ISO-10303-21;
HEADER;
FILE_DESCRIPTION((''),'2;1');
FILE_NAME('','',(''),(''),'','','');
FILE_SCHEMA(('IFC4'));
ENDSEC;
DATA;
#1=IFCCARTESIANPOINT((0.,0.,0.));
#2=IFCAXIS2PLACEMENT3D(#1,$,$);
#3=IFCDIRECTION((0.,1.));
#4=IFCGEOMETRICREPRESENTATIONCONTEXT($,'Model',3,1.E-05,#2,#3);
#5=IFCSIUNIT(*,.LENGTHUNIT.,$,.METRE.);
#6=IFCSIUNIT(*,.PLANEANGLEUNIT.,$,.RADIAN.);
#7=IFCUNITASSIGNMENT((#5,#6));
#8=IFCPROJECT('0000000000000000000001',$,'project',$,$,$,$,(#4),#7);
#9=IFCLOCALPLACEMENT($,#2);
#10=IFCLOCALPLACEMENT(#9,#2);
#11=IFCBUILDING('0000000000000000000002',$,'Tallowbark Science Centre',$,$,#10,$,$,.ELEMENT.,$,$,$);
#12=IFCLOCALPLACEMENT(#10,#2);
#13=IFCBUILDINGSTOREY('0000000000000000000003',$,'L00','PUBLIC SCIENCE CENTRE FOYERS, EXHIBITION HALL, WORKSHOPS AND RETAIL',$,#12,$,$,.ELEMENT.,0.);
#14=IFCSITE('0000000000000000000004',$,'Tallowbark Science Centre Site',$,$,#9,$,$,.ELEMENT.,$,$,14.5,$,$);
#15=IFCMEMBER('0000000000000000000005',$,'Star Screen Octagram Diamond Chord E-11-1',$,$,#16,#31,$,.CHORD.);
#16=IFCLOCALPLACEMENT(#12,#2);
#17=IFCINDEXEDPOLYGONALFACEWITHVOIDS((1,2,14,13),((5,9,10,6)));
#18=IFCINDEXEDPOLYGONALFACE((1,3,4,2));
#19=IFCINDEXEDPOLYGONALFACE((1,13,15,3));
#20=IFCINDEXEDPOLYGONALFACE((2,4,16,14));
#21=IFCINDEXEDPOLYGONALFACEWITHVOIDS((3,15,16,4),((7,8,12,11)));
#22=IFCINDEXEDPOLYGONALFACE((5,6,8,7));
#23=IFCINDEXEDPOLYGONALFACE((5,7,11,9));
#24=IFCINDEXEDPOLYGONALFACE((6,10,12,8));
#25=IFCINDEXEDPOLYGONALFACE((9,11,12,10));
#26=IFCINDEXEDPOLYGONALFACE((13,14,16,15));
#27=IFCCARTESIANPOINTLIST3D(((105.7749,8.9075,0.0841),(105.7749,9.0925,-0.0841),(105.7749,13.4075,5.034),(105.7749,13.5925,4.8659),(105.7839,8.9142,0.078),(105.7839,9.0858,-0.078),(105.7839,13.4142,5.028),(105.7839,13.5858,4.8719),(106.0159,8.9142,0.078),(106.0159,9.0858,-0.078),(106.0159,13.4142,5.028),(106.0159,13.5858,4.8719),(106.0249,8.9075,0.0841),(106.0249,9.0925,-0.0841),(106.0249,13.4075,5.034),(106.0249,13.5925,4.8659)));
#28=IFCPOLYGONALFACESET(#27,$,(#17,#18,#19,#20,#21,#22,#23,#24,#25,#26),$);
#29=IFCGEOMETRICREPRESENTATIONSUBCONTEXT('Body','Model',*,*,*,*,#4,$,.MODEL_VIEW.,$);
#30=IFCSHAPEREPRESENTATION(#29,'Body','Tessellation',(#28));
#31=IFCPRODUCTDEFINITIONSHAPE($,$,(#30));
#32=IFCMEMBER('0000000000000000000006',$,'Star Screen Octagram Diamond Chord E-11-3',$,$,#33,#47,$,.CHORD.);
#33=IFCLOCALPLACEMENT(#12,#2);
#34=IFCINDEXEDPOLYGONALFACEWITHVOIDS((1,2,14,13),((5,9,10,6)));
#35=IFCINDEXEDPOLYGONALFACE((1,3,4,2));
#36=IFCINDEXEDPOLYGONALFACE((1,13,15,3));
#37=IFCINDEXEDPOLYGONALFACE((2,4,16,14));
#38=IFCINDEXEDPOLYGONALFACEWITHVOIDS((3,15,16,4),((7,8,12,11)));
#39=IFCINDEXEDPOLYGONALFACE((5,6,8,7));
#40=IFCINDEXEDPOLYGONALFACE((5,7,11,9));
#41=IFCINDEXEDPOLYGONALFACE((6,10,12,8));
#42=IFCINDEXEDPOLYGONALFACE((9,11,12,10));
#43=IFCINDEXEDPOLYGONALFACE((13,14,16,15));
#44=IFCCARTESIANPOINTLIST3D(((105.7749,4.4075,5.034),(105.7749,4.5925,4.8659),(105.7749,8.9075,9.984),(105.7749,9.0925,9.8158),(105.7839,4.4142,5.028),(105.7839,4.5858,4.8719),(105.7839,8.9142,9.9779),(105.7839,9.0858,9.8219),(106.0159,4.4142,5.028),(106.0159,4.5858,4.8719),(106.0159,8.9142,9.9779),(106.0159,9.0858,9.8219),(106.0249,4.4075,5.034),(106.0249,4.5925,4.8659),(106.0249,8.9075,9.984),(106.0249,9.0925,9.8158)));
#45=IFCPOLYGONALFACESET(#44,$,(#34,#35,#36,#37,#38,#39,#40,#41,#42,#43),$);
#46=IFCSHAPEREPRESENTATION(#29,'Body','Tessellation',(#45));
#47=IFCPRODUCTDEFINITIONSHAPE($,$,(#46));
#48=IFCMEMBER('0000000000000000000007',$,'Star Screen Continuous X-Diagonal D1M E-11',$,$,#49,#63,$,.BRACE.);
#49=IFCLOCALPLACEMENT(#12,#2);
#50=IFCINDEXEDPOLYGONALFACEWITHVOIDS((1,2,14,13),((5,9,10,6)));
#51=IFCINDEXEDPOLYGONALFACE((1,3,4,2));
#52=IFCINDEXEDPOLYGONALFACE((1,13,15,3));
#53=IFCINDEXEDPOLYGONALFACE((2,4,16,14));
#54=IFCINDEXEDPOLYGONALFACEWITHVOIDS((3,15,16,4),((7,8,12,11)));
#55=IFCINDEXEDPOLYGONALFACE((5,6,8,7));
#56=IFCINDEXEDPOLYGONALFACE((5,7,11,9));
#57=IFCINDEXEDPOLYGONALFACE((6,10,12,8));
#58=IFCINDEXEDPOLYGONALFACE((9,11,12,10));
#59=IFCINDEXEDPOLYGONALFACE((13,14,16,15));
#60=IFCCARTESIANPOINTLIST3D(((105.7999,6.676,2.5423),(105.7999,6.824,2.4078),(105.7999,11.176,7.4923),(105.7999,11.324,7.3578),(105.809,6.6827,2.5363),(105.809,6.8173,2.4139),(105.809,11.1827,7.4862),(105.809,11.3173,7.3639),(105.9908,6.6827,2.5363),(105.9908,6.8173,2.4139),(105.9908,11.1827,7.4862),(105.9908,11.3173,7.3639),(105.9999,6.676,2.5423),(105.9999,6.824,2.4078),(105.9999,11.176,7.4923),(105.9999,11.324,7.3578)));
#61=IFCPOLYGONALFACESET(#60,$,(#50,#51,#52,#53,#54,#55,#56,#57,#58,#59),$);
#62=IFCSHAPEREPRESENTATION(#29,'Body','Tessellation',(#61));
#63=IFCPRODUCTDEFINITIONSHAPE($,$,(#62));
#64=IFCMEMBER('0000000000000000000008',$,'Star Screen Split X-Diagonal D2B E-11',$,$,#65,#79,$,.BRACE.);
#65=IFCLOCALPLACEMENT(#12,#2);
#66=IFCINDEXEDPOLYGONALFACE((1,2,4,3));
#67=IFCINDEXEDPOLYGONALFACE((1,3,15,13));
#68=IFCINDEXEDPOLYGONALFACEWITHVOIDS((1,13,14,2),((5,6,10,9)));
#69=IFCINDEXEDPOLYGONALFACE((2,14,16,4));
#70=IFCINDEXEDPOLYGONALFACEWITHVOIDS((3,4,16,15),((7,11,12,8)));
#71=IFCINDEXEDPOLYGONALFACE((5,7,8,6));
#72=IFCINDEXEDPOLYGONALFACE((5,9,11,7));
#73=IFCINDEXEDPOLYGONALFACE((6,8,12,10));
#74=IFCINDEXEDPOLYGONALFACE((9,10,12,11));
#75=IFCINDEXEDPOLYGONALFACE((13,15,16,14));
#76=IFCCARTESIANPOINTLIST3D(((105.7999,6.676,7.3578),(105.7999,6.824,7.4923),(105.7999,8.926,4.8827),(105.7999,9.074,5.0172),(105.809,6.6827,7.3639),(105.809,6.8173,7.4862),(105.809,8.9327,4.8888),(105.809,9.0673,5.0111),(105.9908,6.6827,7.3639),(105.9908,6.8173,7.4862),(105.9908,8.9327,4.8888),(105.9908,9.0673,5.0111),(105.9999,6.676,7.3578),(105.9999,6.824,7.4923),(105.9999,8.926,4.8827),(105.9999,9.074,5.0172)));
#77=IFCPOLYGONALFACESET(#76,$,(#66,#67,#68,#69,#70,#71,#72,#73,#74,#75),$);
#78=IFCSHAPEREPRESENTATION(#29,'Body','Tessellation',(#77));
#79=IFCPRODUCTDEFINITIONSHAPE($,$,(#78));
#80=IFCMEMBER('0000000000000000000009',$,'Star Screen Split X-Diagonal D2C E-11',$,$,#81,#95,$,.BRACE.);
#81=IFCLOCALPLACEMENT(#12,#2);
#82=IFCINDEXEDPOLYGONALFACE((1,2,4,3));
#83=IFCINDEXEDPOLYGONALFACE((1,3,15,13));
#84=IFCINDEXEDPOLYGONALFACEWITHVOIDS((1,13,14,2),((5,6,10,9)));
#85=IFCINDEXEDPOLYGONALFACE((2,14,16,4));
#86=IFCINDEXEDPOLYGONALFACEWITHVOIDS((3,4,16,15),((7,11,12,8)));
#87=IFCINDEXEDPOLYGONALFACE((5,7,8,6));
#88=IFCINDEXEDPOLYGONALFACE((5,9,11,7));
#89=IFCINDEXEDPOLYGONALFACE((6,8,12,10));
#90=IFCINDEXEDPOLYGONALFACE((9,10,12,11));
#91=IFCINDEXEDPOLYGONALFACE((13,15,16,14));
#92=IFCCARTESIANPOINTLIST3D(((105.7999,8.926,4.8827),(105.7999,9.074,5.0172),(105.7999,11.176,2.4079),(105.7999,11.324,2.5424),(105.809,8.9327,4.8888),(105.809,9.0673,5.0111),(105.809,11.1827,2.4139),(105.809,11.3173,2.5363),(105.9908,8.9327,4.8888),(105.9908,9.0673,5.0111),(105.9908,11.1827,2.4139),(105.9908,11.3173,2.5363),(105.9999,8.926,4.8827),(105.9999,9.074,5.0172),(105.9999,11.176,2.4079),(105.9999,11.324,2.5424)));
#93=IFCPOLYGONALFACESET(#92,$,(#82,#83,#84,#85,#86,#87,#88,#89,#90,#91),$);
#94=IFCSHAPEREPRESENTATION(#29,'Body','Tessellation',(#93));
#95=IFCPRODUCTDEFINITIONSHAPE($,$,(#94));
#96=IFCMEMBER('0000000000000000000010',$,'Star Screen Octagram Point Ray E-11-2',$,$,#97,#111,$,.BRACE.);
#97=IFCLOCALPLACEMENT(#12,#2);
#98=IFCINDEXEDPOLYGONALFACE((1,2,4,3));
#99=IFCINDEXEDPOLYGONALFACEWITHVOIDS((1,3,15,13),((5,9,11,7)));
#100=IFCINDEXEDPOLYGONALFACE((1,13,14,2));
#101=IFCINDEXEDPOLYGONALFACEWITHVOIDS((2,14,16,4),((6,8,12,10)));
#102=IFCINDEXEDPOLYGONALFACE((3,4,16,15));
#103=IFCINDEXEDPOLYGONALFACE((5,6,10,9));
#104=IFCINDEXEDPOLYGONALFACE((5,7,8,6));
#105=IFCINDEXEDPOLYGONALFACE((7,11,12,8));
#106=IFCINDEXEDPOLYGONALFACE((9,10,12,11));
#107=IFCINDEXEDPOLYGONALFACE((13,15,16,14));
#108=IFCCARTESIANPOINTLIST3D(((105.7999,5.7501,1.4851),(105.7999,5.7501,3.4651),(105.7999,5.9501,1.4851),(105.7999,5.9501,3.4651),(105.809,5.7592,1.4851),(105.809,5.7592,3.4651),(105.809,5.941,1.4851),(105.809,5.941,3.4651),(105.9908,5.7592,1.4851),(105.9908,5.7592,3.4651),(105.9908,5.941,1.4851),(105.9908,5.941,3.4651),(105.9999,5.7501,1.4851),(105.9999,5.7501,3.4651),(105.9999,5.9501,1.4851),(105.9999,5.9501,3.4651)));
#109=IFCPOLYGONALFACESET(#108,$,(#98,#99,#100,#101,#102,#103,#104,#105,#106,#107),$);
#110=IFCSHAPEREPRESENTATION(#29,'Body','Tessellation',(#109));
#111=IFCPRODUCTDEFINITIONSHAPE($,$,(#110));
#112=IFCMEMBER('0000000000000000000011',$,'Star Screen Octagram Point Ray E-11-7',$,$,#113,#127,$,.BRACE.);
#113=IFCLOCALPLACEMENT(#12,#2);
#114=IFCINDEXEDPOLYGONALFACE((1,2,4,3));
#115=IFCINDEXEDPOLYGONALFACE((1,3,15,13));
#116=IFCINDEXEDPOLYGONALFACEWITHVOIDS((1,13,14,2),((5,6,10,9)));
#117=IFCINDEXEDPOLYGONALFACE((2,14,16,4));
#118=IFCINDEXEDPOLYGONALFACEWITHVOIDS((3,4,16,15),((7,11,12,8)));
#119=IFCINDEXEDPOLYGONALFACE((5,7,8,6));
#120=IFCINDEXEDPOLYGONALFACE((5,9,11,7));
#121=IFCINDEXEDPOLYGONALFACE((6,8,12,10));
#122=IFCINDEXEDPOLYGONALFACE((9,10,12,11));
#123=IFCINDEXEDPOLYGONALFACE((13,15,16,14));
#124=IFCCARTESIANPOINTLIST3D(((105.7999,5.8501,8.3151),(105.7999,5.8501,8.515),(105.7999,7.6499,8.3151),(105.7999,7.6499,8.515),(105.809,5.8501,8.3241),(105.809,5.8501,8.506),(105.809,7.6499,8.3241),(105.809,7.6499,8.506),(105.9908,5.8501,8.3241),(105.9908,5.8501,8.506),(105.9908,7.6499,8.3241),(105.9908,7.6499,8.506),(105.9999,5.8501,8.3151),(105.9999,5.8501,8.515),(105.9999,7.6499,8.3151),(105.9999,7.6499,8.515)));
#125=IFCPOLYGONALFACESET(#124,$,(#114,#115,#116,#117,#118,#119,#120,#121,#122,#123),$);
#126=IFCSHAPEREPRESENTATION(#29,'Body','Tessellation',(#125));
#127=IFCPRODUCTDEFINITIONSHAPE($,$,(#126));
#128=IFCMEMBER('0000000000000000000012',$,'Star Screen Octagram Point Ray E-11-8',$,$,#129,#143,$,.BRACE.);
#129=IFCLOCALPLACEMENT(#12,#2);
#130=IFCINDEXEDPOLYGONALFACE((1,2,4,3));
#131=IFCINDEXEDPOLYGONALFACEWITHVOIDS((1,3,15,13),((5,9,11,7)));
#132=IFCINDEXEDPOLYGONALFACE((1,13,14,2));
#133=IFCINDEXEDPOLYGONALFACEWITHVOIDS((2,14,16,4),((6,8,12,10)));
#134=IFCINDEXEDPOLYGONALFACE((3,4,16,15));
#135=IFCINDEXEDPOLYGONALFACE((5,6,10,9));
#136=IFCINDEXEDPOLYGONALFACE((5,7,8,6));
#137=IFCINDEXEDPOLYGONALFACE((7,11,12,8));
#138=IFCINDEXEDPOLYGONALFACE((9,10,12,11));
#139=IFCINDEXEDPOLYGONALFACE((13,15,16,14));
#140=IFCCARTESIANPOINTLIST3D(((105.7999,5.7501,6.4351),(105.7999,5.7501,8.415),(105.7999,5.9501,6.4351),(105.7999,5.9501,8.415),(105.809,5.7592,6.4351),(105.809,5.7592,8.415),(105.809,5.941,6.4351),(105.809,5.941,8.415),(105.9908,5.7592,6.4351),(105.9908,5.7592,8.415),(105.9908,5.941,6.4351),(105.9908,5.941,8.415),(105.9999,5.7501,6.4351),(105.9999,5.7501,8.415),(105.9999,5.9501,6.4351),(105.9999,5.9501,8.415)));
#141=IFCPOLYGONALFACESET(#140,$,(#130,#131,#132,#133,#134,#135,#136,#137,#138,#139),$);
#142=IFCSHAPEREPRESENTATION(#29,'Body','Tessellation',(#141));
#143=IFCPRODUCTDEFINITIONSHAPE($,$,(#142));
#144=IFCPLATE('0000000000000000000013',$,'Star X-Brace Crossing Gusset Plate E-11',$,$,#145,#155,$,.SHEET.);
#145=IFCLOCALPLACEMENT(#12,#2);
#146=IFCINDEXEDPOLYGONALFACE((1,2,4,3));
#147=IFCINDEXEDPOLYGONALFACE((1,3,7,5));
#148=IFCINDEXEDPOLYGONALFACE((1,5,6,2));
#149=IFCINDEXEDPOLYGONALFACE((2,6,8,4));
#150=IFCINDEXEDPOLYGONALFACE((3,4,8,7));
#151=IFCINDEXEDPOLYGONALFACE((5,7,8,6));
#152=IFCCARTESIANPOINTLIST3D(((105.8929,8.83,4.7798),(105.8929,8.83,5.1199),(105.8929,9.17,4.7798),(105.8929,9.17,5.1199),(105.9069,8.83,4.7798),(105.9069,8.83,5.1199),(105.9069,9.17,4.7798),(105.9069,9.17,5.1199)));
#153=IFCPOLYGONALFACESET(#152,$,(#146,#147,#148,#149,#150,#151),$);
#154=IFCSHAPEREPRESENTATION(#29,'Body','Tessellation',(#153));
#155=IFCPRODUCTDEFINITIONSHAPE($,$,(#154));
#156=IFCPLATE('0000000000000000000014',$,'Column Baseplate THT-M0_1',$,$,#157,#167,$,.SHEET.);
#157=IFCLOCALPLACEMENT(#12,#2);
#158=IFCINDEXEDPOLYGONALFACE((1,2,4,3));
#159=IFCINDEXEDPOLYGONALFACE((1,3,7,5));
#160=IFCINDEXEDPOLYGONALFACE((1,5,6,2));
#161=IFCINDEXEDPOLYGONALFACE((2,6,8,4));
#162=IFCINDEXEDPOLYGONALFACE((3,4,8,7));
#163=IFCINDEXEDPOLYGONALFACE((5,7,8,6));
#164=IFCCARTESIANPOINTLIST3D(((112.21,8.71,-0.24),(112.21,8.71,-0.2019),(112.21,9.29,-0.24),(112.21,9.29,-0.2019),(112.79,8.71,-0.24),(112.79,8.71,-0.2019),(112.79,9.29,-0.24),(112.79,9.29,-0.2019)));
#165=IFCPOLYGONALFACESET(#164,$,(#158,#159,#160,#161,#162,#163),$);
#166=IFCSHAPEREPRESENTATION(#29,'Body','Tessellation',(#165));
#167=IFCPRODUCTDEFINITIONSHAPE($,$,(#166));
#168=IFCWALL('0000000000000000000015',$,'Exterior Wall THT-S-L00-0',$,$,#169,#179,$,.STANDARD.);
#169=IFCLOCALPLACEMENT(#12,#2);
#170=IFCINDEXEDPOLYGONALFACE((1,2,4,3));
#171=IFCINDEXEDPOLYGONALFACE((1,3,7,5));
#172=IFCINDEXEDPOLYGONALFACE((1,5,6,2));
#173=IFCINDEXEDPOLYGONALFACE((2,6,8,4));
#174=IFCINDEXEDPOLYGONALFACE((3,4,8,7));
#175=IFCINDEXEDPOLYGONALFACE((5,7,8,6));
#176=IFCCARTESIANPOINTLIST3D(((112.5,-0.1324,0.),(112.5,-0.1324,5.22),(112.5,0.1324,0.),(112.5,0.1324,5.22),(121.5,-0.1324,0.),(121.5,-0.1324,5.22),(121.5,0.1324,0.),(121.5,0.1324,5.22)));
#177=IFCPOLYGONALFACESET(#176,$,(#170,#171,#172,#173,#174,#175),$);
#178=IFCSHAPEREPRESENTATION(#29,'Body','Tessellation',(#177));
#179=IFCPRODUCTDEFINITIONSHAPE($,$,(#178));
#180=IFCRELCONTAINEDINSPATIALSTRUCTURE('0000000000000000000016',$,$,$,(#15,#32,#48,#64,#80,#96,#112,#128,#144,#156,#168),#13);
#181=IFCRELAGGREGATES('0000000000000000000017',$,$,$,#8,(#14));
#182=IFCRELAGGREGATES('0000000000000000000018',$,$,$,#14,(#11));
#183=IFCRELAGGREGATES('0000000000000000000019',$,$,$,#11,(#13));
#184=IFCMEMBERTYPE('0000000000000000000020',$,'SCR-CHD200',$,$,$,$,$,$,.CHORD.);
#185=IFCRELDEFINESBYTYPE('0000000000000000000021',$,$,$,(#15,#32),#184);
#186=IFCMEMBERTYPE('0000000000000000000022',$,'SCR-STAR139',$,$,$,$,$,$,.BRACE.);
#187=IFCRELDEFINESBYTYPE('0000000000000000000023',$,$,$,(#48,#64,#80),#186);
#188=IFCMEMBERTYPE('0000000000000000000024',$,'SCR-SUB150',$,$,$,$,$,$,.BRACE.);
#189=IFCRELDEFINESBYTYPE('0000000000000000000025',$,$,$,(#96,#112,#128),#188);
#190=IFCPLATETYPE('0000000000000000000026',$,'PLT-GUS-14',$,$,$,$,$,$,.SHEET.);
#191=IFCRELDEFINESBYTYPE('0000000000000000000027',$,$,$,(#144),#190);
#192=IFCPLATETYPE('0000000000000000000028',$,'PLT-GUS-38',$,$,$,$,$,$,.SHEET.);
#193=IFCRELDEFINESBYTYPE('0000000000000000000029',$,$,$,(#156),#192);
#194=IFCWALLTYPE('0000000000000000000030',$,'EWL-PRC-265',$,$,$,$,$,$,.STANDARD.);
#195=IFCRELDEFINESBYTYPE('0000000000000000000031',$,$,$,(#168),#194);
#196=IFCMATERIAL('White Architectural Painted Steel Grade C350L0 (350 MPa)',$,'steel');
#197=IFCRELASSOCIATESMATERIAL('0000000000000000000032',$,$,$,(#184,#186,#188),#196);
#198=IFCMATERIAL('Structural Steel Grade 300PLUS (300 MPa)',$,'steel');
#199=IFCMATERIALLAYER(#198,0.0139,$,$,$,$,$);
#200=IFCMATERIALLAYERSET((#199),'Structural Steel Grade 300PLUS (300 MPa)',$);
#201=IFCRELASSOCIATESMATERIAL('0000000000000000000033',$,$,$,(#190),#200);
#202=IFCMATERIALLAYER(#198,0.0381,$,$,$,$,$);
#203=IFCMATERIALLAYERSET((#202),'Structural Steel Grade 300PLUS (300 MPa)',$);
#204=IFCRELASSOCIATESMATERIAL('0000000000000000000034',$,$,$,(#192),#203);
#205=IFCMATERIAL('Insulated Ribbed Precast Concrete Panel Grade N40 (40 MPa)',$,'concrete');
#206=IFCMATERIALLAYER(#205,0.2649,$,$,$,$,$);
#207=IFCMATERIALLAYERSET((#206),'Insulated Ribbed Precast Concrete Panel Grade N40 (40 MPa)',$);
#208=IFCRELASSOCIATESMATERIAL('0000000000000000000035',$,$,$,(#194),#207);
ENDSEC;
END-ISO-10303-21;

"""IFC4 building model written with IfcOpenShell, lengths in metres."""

from ifc_helpers import new_model, si_unit, direction, frame, frame_2d, origin, origin_2d, place, context, subcontext, project, spatial, rectangle, hollow_rectangle, extrude, material, layer, layer_set, material_profile, profile_set, type_object, element, save


model = new_model("IFC4")

# Units and contexts
model_context = context("Model", 3, precision=1e-05, world=origin(), true_north=direction((0.0, 1.0)))
body_context = subcontext(model_context, "Body", "Model", "MODEL_VIEW")
ifc_project = project(units=[si_unit("LENGTHUNIT", "METRE"), si_unit("PLANEANGLEUNIT", "RADIAN")], contexts=[model_context])

# Site, building, storey
site_placement = place(None, origin())
site = spatial("IfcSite", under=ifc_project, at=site_placement, Name="Tallowbark Science Centre Site", CompositionType="ELEMENT", RefElevation=14.5)
building_placement = place(site_placement, origin())
building = spatial("IfcBuilding", under=site, at=building_placement, Name="Tallowbark Science Centre", CompositionType="ELEMENT")
storey_placement = place(building_placement, origin())
storey = spatial("IfcBuildingStorey", under=building, at=storey_placement, Name="L00", Description="PUBLIC SCIENCE CENTRE FOYERS, EXHIBITION HALL, WORKSHOPS AND RETAIL", CompositionType="ELEMENT", Elevation=0.0)

# Shared definitions
ifc_material_1 = material(Name="Structural Steel Grade 300PLUS (300 MPa)", Category="steel")

# Members
ifc_material_2 = material(Name="White Architectural Painted Steel Grade C350L0 (350 MPa)", Category="steel")
ifc_material_profile_1 = material_profile(ifc_material_2, hollow_rectangle(XDim=0.25, YDim=0.25, WallThickness=0.009, at=origin_2d()), Name="250x250x9.0SHS")
ifc_profile_set_1 = profile_set([ifc_material_profile_1], Name="White Architectural Painted Steel Grade C350L0 (350 MPa)")
member_type_1 = type_object("IfcMemberType", Name="SCR-CHD200", PredefinedType="CHORD", material=ifc_profile_set_1)
for number, where, z_axis, x_axis, name in (
    (1, (105.8999, 9.0, 0.0), (0.0, 0.672676, 0.739937), (-1.0, 0.0, 0.0), "Star Screen Octagram Diamond Chord E-11-1"),
    (2, (105.8999, 9.0, 9.8999), (0.0, -0.672676, -0.739937), (1.0, 0.0, 0.0), "Star Screen Octagram Diamond Chord E-11-3"),
):
    element("IfcMember", number, at=place(storey_placement, frame(where, z_axis=z_axis, x_axis=x_axis)), inside=storey, type_object=member_type_1, Name=name, PredefinedType="CHORD", context=body_context, shape_type="SweptSolid", body=[
        extrude(hollow_rectangle(XDim=0.25, YDim=0.25, WallThickness=0.009, at=origin_2d()), origin(), (0.0, 0.0, 1.0), 6.6897),
    ])
ifc_material_profile_2 = material_profile(ifc_material_2, hollow_rectangle(XDim=0.2, YDim=0.2, WallThickness=0.009, at=origin_2d()), Name="200x200x9.0SHS")
ifc_profile_set_2 = profile_set([ifc_material_profile_2], Name="White Architectural Painted Steel Grade C350L0 (350 MPa)")
member_type_2 = type_object("IfcMemberType", Name="SCR-STAR139", PredefinedType="BRACE", material=ifc_profile_set_2)
member_1_placement = place(storey_placement, frame((105.8999, 6.75, 2.4751), z_axis=(0.0, 0.672676, 0.739937), x_axis=(-1.0, 0.0, 0.0)))
element("IfcMember", 3, at=member_1_placement, inside=storey, type_object=member_type_2, Name="Star Screen Continuous X-Diagonal D1M E-11", PredefinedType="BRACE", context=body_context, shape_type="SweptSolid", body=[
    extrude(hollow_rectangle(XDim=0.2, YDim=0.2, WallThickness=0.009, at=origin_2d()), origin(), (0.0, 0.0, 1.0), 6.6897),
])
member_2_placement = place(storey_placement, frame((105.8999, 6.75, 7.425), z_axis=(0.0, 0.672658, -0.739953), x_axis=(-1.0, 0.0, 0.0)))
element("IfcMember", 4, at=member_2_placement, inside=storey, type_object=member_type_2, Name="Star Screen Split X-Diagonal D2B E-11", PredefinedType="BRACE", context=body_context, shape_type="SweptSolid", body=[
    extrude(hollow_rectangle(XDim=0.2, YDim=0.2, WallThickness=0.009, at=origin_2d()), origin(), (0.0, 0.0, 1.0), 3.345),
])
member_3_placement = place(storey_placement, frame((105.8999, 9.0, 4.95), z_axis=(0.0, 0.672695, -0.73992), x_axis=(-1.0, 0.0, 0.0)))
element("IfcMember", 5, at=member_3_placement, inside=storey, type_object=member_type_2, Name="Star Screen Split X-Diagonal D2C E-11", PredefinedType="BRACE", context=body_context, shape_type="SweptSolid", body=[
    extrude(hollow_rectangle(XDim=0.2, YDim=0.2, WallThickness=0.009, at=origin_2d()), origin(), (0.0, 0.0, 1.0), 3.3447),
])
ifc_material_profile_3 = material_profile(ifc_material_2, hollow_rectangle(XDim=0.2, YDim=0.2, WallThickness=0.009, at=origin_2d()), Name="200x200x9.0SHS")
ifc_profile_set_3 = profile_set([ifc_material_profile_3], Name="White Architectural Painted Steel Grade C350L0 (350 MPa)")
member_type_3 = type_object("IfcMemberType", Name="SCR-SUB150", PredefinedType="BRACE", material=ifc_profile_set_3)
member_4_placement = place(storey_placement, frame((105.8999, 5.8501, 1.4851), z_axis=(0.0, 0.0, 1.0), x_axis=(1.0, 0.0, 0.0)))
element("IfcMember", 6, at=member_4_placement, inside=storey, type_object=member_type_3, Name="Star Screen Octagram Point Ray E-11-2", PredefinedType="BRACE", context=body_context, shape_type="SweptSolid", body=[
    extrude(hollow_rectangle(XDim=0.2, YDim=0.2, WallThickness=0.009, at=origin_2d()), origin(), (0.0, 0.0, 1.0), 1.98),
])
member_5_placement = place(storey_placement, frame((105.8999, 5.8501, 8.415), z_axis=(0.0, 1.0, 0.0), x_axis=(-1.0, 0.0, 0.0)))
element("IfcMember", 7, at=member_5_placement, inside=storey, type_object=member_type_3, Name="Star Screen Octagram Point Ray E-11-7", PredefinedType="BRACE", context=body_context, shape_type="SweptSolid", body=[
    extrude(hollow_rectangle(XDim=0.2, YDim=0.2, WallThickness=0.009, at=origin_2d()), origin(), (0.0, 0.0, 1.0), 1.7998),
])
member_6_placement = place(storey_placement, frame((105.8999, 5.8501, 8.415), z_axis=(0.0, 0.0, -1.0), x_axis=(1.0, 0.0, 0.0)))
element("IfcMember", 8, at=member_6_placement, inside=storey, type_object=member_type_3, Name="Star Screen Octagram Point Ray E-11-8", PredefinedType="BRACE", context=body_context, shape_type="SweptSolid", body=[
    extrude(hollow_rectangle(XDim=0.2, YDim=0.2, WallThickness=0.009, at=origin_2d()), origin(), (0.0, 0.0, 1.0), 1.98),
])

# Plates
ifc_layer_1 = layer(ifc_material_1, 0.0139)
ifc_layer_set_1 = layer_set([ifc_layer_1], Name="Structural Steel Grade 300PLUS (300 MPa)")
plate_type_1 = type_object("IfcPlateType", Name="PLT-GUS-14", PredefinedType="SHEET", material=ifc_layer_set_1)
plate_1_placement = place(storey_placement, frame((105.8999, 9.0, 4.7798), z_axis=(0.0, 0.0, 1.0), x_axis=(0.0, 1.0, 0.0)))
element("IfcPlate", 9, at=plate_1_placement, inside=storey, type_object=plate_type_1, Name="Star X-Brace Crossing Gusset Plate E-11", PredefinedType="SHEET", context=body_context, shape_type="SweptSolid", body=[
    extrude(rectangle(XDim=0.3401, YDim=0.0139, at=origin_2d()), origin(), (0.0, 0.0, 1.0), 0.3401),
])
ifc_layer_2 = layer(ifc_material_1, 0.0381)
ifc_layer_set_2 = layer_set([ifc_layer_2], Name="Structural Steel Grade 300PLUS (300 MPa)")
plate_type_2 = type_object("IfcPlateType", Name="PLT-GUS-38", PredefinedType="SHEET", material=ifc_layer_set_2)
plate_2_placement = place(storey_placement, frame((112.5, 9.0, -0.24), z_axis=(0.0, 0.0, 1.0), x_axis=(1.0, 0.0, 0.0)))
element("IfcPlate", 10, at=plate_2_placement, inside=storey, type_object=plate_type_2, Name="Column Baseplate THT-M0_1", PredefinedType="SHEET", context=body_context, shape_type="SweptSolid", body=[
    extrude(rectangle(XDim=0.5801, YDim=0.5801, at=origin_2d()), origin(), (0.0, 0.0, 1.0), 0.0381),
])

# Wall
ifc_material_3 = material(Name="Insulated Ribbed Precast Concrete Panel Grade N40 (40 MPa)", Category="concrete")
ifc_layer_3 = layer(ifc_material_3, 0.2649)
ifc_layer_set_3 = layer_set([ifc_layer_3], Name="Insulated Ribbed Precast Concrete Panel Grade N40 (40 MPa)")
wall_type_1 = type_object("IfcWallType", Name="EWL-PRC-265", PredefinedType="STANDARD", material=ifc_layer_set_3)
wall_1_placement = place(storey_placement, frame((112.5, 0.0, 0.0), z_axis=(0.0, 0.0, 1.0), x_axis=(1.0, 0.0, 0.0)))
element("IfcWall", 11, at=wall_1_placement, inside=storey, type_object=wall_type_1, Name="Exterior Wall THT-S-L00-0", PredefinedType="STANDARD", context=body_context, shape_type="SweptSolid", body=[
    extrude(rectangle(XDim=9.0, YDim=0.2649, at=frame_2d((4.5, 0.0))), origin(), (0.0, 0.0, 1.0), 5.22),
])

save(model, "model.ifc")
